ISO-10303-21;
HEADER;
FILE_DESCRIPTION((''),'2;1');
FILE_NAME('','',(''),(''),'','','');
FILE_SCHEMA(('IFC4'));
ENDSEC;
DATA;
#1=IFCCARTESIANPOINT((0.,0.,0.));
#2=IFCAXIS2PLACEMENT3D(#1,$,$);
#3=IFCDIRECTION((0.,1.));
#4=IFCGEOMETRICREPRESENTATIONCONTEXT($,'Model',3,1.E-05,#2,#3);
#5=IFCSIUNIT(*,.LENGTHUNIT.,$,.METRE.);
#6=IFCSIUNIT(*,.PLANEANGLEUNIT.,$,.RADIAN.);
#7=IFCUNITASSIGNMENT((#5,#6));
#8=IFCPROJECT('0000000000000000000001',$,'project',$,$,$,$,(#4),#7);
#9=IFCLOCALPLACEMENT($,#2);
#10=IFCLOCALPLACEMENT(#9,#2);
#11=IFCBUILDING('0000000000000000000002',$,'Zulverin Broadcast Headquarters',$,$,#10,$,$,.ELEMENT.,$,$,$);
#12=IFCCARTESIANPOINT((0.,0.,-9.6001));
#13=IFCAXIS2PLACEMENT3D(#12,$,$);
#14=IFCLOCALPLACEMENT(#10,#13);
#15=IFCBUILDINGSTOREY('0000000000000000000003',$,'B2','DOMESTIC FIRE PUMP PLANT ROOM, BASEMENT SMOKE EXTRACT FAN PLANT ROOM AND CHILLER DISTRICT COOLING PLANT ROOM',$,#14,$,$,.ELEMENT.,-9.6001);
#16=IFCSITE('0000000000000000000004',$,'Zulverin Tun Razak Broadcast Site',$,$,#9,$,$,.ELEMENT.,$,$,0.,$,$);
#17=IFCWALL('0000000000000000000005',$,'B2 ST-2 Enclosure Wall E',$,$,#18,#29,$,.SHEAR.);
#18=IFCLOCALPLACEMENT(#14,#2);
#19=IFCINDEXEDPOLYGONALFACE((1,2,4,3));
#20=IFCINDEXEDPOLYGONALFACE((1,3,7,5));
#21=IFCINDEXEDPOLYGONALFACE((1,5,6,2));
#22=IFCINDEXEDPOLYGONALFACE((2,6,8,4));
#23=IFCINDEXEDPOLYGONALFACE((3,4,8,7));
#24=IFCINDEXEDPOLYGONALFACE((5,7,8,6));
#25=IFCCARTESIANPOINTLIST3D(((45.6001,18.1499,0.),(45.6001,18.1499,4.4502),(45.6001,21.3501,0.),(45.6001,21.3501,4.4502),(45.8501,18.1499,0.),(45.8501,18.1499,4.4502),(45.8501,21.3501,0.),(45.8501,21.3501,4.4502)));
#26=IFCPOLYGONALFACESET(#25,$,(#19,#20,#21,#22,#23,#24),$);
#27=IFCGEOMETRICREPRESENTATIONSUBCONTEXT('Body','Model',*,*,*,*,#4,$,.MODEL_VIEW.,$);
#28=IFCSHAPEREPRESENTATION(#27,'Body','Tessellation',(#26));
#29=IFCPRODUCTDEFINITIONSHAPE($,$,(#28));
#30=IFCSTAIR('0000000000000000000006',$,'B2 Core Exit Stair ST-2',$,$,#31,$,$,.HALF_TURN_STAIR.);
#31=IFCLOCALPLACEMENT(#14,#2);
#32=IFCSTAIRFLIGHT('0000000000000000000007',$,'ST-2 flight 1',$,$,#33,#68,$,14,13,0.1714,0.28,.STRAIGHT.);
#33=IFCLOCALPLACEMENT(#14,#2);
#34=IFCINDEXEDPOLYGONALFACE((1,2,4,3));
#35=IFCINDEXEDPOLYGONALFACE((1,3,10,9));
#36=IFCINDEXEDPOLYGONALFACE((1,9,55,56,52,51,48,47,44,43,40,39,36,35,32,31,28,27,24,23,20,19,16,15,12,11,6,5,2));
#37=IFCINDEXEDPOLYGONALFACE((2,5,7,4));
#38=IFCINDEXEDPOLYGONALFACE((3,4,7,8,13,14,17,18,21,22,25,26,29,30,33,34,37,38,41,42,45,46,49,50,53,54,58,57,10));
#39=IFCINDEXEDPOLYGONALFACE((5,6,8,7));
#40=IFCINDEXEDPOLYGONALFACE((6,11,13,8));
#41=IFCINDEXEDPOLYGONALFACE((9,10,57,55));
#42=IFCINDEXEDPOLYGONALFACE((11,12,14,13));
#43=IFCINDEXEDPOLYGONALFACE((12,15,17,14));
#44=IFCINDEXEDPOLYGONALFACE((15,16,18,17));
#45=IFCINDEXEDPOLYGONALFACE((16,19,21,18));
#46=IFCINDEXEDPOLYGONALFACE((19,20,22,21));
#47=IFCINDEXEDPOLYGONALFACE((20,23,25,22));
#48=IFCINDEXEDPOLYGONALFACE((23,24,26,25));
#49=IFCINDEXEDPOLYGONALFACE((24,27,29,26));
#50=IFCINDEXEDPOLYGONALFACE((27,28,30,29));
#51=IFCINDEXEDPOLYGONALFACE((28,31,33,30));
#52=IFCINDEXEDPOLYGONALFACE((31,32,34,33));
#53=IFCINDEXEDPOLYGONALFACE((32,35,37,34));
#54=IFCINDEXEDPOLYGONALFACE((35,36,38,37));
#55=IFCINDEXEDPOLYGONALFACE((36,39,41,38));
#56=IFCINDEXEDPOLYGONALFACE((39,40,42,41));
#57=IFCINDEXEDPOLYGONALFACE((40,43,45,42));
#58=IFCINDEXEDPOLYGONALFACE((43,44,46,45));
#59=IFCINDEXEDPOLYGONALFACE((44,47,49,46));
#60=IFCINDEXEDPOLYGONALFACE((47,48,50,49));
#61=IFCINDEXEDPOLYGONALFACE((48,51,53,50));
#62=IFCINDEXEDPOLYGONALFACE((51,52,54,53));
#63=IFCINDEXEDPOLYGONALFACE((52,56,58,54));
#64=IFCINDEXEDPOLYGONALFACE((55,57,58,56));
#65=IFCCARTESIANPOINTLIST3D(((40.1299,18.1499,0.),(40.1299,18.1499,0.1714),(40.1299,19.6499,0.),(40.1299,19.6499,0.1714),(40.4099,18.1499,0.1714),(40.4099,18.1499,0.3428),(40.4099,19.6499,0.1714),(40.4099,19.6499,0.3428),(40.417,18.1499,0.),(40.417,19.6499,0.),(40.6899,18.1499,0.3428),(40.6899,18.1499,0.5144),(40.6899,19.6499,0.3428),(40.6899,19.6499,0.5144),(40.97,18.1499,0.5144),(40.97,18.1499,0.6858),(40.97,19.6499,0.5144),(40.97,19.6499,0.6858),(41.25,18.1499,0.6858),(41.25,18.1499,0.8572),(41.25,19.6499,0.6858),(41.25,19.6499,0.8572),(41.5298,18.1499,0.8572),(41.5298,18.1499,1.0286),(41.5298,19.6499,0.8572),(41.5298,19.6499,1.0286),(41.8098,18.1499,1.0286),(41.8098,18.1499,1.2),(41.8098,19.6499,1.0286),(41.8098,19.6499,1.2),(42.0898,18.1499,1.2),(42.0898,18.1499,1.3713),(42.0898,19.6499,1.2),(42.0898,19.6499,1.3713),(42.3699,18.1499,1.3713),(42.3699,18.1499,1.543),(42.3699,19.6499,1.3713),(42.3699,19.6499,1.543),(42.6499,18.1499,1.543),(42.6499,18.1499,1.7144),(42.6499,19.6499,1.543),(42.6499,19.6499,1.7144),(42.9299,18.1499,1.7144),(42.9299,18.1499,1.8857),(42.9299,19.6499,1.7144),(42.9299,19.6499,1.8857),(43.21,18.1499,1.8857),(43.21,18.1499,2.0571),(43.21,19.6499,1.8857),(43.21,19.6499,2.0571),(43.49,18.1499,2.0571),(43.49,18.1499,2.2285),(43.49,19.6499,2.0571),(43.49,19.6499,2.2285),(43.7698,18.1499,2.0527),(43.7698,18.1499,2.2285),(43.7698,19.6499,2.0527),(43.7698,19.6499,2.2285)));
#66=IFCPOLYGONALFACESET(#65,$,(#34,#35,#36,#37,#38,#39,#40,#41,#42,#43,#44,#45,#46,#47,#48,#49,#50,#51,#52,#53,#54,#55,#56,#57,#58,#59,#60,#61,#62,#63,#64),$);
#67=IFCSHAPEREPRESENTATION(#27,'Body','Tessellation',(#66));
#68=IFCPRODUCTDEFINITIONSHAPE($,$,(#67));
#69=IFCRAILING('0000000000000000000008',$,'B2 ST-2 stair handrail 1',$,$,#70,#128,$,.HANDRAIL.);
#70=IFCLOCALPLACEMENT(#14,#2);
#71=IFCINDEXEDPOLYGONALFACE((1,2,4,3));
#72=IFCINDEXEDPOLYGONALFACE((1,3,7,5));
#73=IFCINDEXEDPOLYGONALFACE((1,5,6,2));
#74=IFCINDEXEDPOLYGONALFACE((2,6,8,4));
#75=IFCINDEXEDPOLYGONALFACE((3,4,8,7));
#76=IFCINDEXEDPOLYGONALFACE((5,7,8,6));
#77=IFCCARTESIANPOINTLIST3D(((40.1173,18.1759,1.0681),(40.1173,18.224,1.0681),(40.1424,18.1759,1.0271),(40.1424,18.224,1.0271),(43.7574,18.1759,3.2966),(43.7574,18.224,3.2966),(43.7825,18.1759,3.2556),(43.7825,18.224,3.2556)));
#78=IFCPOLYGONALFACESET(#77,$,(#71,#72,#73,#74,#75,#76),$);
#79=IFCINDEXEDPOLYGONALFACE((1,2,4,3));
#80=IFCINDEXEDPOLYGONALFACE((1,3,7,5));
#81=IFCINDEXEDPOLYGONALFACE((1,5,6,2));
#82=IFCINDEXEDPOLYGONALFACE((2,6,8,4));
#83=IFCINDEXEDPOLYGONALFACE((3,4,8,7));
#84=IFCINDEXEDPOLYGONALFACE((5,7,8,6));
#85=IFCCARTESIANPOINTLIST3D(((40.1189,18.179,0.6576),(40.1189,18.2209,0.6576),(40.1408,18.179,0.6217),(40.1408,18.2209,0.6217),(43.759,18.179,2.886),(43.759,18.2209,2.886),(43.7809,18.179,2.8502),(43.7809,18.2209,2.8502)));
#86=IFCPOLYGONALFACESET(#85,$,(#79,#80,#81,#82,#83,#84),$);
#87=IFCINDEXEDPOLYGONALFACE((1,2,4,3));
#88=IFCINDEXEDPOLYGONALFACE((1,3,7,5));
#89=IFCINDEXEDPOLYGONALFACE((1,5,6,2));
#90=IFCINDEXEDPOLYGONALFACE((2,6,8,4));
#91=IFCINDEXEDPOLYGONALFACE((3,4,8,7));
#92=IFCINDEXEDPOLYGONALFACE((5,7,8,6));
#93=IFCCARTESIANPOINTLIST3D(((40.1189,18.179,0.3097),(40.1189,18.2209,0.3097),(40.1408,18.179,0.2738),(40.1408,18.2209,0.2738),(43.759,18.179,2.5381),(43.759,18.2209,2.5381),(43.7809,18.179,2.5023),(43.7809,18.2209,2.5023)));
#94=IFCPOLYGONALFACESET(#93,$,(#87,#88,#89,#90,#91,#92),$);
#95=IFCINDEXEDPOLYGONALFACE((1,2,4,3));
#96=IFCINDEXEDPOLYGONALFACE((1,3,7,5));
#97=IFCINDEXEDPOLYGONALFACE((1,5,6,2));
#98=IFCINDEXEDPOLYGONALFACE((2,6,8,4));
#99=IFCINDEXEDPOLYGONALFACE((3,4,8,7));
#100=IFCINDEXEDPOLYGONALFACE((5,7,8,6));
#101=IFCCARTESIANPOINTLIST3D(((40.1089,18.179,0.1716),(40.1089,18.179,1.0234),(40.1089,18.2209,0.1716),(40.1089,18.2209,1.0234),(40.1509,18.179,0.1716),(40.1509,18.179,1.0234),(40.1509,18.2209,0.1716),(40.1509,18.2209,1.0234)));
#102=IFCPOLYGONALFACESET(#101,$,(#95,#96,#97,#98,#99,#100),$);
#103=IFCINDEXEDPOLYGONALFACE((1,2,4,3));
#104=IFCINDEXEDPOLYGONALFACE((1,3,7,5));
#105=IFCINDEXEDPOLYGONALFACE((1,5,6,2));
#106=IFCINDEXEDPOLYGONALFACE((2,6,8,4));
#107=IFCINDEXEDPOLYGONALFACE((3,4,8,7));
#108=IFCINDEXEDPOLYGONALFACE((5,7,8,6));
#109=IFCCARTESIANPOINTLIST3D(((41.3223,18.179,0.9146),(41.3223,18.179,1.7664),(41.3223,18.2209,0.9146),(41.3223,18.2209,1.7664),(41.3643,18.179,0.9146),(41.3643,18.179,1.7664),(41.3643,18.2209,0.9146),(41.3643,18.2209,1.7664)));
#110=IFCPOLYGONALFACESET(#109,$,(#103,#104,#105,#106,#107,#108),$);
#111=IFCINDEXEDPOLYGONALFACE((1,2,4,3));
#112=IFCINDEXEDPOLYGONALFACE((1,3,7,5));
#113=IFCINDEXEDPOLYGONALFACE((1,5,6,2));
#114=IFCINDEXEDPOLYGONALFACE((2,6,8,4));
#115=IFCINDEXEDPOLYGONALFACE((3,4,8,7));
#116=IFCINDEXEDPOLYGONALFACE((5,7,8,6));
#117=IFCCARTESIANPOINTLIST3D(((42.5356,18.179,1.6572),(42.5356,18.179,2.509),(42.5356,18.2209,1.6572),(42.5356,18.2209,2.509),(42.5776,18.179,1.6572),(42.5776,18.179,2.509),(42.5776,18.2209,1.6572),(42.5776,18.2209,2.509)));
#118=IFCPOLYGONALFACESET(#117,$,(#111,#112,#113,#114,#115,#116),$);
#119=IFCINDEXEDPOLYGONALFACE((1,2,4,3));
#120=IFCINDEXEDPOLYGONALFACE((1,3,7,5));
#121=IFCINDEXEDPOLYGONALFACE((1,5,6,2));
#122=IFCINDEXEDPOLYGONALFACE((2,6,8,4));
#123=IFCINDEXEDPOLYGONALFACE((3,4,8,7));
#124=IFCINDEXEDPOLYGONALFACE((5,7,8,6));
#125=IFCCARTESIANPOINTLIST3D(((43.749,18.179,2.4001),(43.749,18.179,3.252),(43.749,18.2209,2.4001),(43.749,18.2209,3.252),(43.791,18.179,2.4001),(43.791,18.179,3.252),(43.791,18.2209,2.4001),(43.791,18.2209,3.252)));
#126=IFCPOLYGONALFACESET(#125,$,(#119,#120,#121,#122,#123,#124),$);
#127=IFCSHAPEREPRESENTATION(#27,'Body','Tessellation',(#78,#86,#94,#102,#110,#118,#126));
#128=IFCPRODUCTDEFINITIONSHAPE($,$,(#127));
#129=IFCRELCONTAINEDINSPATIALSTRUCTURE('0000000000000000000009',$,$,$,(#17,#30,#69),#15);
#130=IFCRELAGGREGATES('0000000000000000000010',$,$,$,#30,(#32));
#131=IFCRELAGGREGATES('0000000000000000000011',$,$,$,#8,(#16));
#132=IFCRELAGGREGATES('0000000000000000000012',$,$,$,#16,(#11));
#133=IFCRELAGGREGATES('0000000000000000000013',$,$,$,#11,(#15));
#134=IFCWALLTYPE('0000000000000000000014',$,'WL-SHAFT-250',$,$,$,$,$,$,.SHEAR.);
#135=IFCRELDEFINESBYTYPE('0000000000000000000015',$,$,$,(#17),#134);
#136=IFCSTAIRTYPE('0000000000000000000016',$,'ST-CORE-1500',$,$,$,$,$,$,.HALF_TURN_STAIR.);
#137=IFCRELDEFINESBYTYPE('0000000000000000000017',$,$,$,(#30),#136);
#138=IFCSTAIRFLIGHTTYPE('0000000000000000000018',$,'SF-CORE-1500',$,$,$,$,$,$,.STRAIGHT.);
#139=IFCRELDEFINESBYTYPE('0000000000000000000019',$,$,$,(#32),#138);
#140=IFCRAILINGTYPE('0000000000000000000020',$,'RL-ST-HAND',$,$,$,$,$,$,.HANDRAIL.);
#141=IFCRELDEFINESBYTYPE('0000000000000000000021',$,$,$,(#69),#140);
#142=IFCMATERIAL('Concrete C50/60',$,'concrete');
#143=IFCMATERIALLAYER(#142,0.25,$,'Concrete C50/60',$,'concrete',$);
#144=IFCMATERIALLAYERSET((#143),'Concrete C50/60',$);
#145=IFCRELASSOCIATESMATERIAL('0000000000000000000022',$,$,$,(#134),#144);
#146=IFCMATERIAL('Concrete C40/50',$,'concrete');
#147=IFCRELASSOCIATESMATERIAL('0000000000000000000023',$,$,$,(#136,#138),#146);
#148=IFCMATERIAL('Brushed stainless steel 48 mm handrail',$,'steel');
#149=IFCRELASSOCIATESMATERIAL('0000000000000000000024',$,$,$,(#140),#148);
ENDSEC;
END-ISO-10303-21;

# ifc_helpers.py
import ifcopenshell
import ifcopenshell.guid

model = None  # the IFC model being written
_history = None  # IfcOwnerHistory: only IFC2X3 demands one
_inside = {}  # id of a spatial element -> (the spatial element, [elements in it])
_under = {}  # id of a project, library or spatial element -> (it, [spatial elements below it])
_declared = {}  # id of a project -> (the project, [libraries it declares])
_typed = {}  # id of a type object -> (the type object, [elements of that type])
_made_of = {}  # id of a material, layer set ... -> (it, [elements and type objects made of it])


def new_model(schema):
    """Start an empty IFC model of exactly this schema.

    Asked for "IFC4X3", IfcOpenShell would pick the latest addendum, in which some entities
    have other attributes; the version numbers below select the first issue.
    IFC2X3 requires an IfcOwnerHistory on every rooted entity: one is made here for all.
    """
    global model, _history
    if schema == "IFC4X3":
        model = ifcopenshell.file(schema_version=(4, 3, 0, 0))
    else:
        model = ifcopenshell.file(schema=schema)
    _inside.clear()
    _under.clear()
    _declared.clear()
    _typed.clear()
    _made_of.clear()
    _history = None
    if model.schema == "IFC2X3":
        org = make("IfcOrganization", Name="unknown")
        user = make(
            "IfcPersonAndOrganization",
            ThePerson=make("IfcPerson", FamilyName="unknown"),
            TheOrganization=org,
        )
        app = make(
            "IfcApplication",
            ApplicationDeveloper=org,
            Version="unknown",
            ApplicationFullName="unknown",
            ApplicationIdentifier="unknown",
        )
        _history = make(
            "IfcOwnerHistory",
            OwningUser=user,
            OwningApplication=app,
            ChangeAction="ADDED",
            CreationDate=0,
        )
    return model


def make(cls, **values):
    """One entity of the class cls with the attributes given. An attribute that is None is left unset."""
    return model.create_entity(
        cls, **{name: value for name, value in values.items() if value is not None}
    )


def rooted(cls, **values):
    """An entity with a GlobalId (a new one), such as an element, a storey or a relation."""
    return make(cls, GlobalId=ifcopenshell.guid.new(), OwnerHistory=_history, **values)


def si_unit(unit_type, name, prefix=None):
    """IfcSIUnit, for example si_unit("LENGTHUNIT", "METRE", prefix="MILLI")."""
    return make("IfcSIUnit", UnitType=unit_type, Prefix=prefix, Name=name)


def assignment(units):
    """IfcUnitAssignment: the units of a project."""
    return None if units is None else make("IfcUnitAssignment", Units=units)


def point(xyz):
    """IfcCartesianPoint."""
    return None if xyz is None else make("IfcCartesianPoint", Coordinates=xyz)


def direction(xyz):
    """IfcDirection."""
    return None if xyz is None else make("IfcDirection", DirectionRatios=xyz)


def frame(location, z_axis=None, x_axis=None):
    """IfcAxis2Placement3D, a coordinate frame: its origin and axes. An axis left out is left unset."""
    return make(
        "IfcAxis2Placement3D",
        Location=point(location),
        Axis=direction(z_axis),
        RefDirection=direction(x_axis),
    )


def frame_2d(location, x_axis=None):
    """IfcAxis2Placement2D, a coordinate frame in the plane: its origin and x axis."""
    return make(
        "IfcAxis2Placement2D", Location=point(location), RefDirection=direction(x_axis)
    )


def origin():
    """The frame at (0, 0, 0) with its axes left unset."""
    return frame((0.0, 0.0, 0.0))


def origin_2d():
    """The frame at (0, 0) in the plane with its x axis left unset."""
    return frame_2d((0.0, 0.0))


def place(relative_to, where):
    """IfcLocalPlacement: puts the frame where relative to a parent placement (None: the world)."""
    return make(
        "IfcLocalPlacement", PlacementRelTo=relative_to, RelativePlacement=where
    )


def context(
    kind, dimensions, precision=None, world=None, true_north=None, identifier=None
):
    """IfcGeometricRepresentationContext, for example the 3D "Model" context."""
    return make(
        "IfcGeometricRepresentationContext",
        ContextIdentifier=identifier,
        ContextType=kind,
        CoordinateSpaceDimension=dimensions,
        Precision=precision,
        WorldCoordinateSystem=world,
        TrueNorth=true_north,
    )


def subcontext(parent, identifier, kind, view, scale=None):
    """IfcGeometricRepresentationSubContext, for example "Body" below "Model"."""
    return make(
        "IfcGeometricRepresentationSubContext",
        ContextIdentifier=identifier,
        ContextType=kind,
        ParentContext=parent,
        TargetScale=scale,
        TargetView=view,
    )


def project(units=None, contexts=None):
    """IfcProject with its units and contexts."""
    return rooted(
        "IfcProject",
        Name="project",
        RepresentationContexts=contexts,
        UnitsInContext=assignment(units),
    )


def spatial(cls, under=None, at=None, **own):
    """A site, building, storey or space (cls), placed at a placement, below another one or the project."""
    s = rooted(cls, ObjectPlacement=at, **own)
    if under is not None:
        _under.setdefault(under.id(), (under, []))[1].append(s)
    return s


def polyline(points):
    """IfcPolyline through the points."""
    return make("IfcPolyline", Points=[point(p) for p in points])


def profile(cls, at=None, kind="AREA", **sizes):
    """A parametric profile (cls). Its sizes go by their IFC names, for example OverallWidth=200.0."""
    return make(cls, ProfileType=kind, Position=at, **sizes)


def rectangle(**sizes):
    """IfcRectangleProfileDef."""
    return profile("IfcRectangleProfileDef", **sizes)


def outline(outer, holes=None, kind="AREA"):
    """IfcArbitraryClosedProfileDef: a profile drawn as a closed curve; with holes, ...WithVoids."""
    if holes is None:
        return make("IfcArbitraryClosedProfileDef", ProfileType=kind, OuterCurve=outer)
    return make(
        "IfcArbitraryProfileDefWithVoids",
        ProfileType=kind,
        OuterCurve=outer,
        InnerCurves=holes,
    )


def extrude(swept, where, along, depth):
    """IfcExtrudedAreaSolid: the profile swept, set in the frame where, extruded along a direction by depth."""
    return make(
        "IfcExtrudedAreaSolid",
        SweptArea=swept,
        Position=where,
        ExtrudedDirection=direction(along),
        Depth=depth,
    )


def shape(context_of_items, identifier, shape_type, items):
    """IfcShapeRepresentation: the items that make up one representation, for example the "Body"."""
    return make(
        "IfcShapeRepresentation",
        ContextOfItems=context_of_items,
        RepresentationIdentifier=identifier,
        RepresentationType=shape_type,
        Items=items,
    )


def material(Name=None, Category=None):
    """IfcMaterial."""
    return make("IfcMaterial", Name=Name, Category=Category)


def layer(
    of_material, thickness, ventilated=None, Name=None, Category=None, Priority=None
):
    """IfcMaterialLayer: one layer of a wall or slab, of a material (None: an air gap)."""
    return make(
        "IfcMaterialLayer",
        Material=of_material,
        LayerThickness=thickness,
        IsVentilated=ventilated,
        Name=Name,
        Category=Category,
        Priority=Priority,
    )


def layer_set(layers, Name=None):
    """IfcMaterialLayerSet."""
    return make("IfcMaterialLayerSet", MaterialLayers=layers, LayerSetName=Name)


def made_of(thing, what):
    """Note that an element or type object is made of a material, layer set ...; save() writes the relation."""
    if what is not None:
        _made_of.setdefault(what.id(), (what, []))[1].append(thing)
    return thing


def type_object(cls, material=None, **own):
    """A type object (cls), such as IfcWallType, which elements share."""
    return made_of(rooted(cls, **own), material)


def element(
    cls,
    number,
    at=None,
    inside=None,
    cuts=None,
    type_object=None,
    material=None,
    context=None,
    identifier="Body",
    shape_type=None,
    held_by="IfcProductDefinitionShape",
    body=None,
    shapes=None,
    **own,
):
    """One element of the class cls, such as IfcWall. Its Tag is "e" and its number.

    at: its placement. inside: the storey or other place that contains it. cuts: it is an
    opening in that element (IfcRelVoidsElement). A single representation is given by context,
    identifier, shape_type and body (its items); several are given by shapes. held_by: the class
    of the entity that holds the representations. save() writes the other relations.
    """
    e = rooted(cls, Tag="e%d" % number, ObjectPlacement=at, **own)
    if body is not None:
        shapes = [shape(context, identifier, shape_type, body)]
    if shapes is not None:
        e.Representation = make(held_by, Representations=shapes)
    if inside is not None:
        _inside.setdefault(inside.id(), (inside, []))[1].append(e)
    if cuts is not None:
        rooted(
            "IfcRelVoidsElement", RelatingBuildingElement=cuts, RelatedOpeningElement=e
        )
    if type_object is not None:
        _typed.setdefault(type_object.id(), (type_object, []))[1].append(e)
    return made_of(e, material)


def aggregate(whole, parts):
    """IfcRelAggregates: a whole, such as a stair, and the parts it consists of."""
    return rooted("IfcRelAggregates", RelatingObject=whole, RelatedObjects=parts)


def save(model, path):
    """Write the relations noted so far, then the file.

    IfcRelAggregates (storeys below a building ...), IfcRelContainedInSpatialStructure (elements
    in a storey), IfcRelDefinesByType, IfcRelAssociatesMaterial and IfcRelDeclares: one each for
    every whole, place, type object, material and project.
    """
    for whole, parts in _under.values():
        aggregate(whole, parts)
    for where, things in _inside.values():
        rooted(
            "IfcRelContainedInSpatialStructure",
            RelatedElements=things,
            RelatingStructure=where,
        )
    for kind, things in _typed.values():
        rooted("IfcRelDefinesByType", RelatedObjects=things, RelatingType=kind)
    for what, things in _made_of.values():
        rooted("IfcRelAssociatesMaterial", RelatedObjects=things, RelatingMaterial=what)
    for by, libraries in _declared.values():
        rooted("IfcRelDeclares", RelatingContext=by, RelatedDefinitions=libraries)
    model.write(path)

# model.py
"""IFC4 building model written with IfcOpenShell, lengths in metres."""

from ifc_helpers import new_model, si_unit, direction, frame, frame_2d, origin, origin_2d, place, context, subcontext, project, spatial, polyline, rectangle, outline, extrude, material, layer, layer_set, type_object, element, aggregate, save


model = new_model("IFC4")

# Units and contexts
model_context = context("Model", 3, precision=1e-05, world=origin(), true_north=direction((0.0, 1.0)))
body_context = subcontext(model_context, "Body", "Model", "MODEL_VIEW")
ifc_project = project(units=[si_unit("LENGTHUNIT", "METRE"), si_unit("PLANEANGLEUNIT", "RADIAN")], contexts=[model_context])

# Site, building, storey
site_placement = place(None, origin())
site = spatial("IfcSite", under=ifc_project, at=site_placement, Name="Zulverin Tun Razak Broadcast Site", CompositionType="ELEMENT", RefElevation=0.0)
building_placement = place(site_placement, origin())
building = spatial("IfcBuilding", under=site, at=building_placement, Name="Zulverin Broadcast Headquarters", CompositionType="ELEMENT")
storey_placement = place(building_placement, frame((0.0, 0.0, -9.6001)))
storey = spatial("IfcBuildingStorey", under=building, at=storey_placement, Name="B2", Description="DOMESTIC FIRE PUMP PLANT ROOM, BASEMENT SMOKE EXTRACT FAN PLANT ROOM AND CHILLER DISTRICT COOLING PLANT ROOM", CompositionType="ELEMENT", Elevation=-9.6001)

# Shared definitions
ifc_material_1 = material(Name="Concrete C50/60", Category="concrete")

# Shared definitions
ifc_layer_1 = layer(ifc_material_1, 0.25, Name="Concrete C50/60", Category="concrete")
ifc_layer_set_1 = layer_set([ifc_layer_1], Name="Concrete C50/60")
wall_type_1 = type_object("IfcWallType", Name="WL-SHAFT-250", PredefinedType="SHEAR", material=ifc_layer_set_1)

# Wall
wall_1_placement = place(storey_placement, frame((45.7251, 18.1499, 0.0), z_axis=(0.0, 0.0, 1.0), x_axis=(0.0, 1.0, 0.0)))
element("IfcWall", 1, at=wall_1_placement, inside=storey, type_object=wall_type_1, Name="B2 ST-2 Enclosure Wall E", PredefinedType="SHEAR", context=body_context, shape_type="SweptSolid", body=[
    extrude(rectangle(XDim=3.2002, YDim=0.25, at=frame_2d((1.6001, 0.0))), origin(), (0.0, 0.0, 1.0), 4.4502),
])

# Stair, stair flight
ifc_material_2 = material(Name="Concrete C40/50", Category="concrete")
stair_type = type_object("IfcStairType", Name="ST-CORE-1500", PredefinedType="HALF_TURN_STAIR", material=ifc_material_2)
stair_placement = place(storey_placement, origin())
stair = element("IfcStair", 2, at=stair_placement, inside=storey, type_object=stair_type, Name="B2 Core Exit Stair ST-2", PredefinedType="HALF_TURN_STAIR")
stair_flight_type = type_object("IfcStairFlightType", Name="SF-CORE-1500", PredefinedType="STRAIGHT", material=ifc_material_2)
stair_flight_placement = place(storey_placement, frame((40.1299, 18.8999, 0.0), z_axis=(0.0, 0.0, 1.0), x_axis=(1.0, 0.0, 0.0)))
stair_flight = element("IfcStairFlight", 3, at=stair_flight_placement, type_object=stair_flight_type, Name="ST-2 flight 1", NumberOfRisers=14, NumberOfTreads=13, PredefinedType="STRAIGHT", RiserHeight=0.1714, TreadLength=0.28, context=body_context, shape_type="SweptSolid", body=[
    extrude(outline(polyline([(0.0, 0.0), (0.0, 0.1714), (0.28, 0.1714), (0.28, 0.3428), (0.5601, 0.3428), (0.5601, 0.5144), (0.8401, 0.5144), (0.8401, 0.6858), (1.1201, 0.6858), (1.1201, 0.8572), (1.3999, 0.8572), (1.3999, 1.0286), (1.6799, 1.0286), (1.6799, 1.2), (1.96, 1.2), (1.96, 1.3713), (2.24, 1.3713), (2.24, 1.543), (2.52, 1.543), (2.52, 1.7144), (2.8, 1.7144), (2.8, 1.8857), (3.0801, 1.8857), (3.0801, 2.0571), (3.3601, 2.0571), (3.3601, 2.2285), (3.6399, 2.2285), (3.6399, 2.3999), (3.6399, 2.0527), (0.2871, 0.0), (0.0, 0.0)])), frame((0.0, 0.75, 0.0), z_axis=(0.0, -1.0, 0.0), x_axis=(1.0, 0.0, 0.0)), (0.0, 0.0, 1.0), 1.5),
])
aggregate(stair, [stair_flight])

# Railing
ifc_material_3 = material(Name="Brushed stainless steel 48 mm handrail", Category="steel")
railing_type = type_object("IfcRailingType", Name="RL-ST-HAND", PredefinedType="HANDRAIL", material=ifc_material_3)
railing_placement = place(storey_placement, frame((40.1299, 18.2, 0.1716)))
element("IfcRailing", 4, at=railing_placement, inside=storey, type_object=railing_type, Name="B2 ST-2 stair handrail 1", PredefinedType="HANDRAIL", context=body_context, shape_type="SweptSolid", body=[
    extrude(rectangle(XDim=0.0481, YDim=0.0481, at=origin_2d()), frame((0.0, 0.0, 0.876), z_axis=(0.852866, 0.0, 0.52213), x_axis=(0.0, 1.0, 0.0)), (0.0, 0.0, 1.0), 4.2681),
    extrude(rectangle(XDim=0.042, YDim=0.042, at=origin_2d()), frame((0.0, 0.0, 0.468), z_axis=(0.852866, 0.0, 0.52213), x_axis=(0.0, 1.0, 0.0)), (0.0, 0.0, 1.0), 4.2681),
    extrude(rectangle(XDim=0.042, YDim=0.042, at=origin_2d()), frame((0.0, 0.0, 0.1201), z_axis=(0.852866, 0.0, 0.52213), x_axis=(0.0, 1.0, 0.0)), (0.0, 0.0, 1.0), 4.2681),
    extrude(rectangle(XDim=0.042, YDim=0.042, at=origin_2d()), origin(), (0.0, 0.0, 1.0), 0.8518),
    extrude(rectangle(XDim=0.042, YDim=0.042, at=origin_2d()), frame((1.2134, 0.0, 0.7429)), (0.0, 0.0, 1.0), 0.8518),
    extrude(rectangle(XDim=0.042, YDim=0.042, at=origin_2d()), frame((2.4268, 0.0, 1.4856)), (0.0, 0.0, 1.0), 0.8518),
    extrude(rectangle(XDim=0.042, YDim=0.042, at=origin_2d()), frame((3.6401, 0.0, 2.2285)), (0.0, 0.0, 1.0), 0.8518),
])

save(model, "model.ifc")
